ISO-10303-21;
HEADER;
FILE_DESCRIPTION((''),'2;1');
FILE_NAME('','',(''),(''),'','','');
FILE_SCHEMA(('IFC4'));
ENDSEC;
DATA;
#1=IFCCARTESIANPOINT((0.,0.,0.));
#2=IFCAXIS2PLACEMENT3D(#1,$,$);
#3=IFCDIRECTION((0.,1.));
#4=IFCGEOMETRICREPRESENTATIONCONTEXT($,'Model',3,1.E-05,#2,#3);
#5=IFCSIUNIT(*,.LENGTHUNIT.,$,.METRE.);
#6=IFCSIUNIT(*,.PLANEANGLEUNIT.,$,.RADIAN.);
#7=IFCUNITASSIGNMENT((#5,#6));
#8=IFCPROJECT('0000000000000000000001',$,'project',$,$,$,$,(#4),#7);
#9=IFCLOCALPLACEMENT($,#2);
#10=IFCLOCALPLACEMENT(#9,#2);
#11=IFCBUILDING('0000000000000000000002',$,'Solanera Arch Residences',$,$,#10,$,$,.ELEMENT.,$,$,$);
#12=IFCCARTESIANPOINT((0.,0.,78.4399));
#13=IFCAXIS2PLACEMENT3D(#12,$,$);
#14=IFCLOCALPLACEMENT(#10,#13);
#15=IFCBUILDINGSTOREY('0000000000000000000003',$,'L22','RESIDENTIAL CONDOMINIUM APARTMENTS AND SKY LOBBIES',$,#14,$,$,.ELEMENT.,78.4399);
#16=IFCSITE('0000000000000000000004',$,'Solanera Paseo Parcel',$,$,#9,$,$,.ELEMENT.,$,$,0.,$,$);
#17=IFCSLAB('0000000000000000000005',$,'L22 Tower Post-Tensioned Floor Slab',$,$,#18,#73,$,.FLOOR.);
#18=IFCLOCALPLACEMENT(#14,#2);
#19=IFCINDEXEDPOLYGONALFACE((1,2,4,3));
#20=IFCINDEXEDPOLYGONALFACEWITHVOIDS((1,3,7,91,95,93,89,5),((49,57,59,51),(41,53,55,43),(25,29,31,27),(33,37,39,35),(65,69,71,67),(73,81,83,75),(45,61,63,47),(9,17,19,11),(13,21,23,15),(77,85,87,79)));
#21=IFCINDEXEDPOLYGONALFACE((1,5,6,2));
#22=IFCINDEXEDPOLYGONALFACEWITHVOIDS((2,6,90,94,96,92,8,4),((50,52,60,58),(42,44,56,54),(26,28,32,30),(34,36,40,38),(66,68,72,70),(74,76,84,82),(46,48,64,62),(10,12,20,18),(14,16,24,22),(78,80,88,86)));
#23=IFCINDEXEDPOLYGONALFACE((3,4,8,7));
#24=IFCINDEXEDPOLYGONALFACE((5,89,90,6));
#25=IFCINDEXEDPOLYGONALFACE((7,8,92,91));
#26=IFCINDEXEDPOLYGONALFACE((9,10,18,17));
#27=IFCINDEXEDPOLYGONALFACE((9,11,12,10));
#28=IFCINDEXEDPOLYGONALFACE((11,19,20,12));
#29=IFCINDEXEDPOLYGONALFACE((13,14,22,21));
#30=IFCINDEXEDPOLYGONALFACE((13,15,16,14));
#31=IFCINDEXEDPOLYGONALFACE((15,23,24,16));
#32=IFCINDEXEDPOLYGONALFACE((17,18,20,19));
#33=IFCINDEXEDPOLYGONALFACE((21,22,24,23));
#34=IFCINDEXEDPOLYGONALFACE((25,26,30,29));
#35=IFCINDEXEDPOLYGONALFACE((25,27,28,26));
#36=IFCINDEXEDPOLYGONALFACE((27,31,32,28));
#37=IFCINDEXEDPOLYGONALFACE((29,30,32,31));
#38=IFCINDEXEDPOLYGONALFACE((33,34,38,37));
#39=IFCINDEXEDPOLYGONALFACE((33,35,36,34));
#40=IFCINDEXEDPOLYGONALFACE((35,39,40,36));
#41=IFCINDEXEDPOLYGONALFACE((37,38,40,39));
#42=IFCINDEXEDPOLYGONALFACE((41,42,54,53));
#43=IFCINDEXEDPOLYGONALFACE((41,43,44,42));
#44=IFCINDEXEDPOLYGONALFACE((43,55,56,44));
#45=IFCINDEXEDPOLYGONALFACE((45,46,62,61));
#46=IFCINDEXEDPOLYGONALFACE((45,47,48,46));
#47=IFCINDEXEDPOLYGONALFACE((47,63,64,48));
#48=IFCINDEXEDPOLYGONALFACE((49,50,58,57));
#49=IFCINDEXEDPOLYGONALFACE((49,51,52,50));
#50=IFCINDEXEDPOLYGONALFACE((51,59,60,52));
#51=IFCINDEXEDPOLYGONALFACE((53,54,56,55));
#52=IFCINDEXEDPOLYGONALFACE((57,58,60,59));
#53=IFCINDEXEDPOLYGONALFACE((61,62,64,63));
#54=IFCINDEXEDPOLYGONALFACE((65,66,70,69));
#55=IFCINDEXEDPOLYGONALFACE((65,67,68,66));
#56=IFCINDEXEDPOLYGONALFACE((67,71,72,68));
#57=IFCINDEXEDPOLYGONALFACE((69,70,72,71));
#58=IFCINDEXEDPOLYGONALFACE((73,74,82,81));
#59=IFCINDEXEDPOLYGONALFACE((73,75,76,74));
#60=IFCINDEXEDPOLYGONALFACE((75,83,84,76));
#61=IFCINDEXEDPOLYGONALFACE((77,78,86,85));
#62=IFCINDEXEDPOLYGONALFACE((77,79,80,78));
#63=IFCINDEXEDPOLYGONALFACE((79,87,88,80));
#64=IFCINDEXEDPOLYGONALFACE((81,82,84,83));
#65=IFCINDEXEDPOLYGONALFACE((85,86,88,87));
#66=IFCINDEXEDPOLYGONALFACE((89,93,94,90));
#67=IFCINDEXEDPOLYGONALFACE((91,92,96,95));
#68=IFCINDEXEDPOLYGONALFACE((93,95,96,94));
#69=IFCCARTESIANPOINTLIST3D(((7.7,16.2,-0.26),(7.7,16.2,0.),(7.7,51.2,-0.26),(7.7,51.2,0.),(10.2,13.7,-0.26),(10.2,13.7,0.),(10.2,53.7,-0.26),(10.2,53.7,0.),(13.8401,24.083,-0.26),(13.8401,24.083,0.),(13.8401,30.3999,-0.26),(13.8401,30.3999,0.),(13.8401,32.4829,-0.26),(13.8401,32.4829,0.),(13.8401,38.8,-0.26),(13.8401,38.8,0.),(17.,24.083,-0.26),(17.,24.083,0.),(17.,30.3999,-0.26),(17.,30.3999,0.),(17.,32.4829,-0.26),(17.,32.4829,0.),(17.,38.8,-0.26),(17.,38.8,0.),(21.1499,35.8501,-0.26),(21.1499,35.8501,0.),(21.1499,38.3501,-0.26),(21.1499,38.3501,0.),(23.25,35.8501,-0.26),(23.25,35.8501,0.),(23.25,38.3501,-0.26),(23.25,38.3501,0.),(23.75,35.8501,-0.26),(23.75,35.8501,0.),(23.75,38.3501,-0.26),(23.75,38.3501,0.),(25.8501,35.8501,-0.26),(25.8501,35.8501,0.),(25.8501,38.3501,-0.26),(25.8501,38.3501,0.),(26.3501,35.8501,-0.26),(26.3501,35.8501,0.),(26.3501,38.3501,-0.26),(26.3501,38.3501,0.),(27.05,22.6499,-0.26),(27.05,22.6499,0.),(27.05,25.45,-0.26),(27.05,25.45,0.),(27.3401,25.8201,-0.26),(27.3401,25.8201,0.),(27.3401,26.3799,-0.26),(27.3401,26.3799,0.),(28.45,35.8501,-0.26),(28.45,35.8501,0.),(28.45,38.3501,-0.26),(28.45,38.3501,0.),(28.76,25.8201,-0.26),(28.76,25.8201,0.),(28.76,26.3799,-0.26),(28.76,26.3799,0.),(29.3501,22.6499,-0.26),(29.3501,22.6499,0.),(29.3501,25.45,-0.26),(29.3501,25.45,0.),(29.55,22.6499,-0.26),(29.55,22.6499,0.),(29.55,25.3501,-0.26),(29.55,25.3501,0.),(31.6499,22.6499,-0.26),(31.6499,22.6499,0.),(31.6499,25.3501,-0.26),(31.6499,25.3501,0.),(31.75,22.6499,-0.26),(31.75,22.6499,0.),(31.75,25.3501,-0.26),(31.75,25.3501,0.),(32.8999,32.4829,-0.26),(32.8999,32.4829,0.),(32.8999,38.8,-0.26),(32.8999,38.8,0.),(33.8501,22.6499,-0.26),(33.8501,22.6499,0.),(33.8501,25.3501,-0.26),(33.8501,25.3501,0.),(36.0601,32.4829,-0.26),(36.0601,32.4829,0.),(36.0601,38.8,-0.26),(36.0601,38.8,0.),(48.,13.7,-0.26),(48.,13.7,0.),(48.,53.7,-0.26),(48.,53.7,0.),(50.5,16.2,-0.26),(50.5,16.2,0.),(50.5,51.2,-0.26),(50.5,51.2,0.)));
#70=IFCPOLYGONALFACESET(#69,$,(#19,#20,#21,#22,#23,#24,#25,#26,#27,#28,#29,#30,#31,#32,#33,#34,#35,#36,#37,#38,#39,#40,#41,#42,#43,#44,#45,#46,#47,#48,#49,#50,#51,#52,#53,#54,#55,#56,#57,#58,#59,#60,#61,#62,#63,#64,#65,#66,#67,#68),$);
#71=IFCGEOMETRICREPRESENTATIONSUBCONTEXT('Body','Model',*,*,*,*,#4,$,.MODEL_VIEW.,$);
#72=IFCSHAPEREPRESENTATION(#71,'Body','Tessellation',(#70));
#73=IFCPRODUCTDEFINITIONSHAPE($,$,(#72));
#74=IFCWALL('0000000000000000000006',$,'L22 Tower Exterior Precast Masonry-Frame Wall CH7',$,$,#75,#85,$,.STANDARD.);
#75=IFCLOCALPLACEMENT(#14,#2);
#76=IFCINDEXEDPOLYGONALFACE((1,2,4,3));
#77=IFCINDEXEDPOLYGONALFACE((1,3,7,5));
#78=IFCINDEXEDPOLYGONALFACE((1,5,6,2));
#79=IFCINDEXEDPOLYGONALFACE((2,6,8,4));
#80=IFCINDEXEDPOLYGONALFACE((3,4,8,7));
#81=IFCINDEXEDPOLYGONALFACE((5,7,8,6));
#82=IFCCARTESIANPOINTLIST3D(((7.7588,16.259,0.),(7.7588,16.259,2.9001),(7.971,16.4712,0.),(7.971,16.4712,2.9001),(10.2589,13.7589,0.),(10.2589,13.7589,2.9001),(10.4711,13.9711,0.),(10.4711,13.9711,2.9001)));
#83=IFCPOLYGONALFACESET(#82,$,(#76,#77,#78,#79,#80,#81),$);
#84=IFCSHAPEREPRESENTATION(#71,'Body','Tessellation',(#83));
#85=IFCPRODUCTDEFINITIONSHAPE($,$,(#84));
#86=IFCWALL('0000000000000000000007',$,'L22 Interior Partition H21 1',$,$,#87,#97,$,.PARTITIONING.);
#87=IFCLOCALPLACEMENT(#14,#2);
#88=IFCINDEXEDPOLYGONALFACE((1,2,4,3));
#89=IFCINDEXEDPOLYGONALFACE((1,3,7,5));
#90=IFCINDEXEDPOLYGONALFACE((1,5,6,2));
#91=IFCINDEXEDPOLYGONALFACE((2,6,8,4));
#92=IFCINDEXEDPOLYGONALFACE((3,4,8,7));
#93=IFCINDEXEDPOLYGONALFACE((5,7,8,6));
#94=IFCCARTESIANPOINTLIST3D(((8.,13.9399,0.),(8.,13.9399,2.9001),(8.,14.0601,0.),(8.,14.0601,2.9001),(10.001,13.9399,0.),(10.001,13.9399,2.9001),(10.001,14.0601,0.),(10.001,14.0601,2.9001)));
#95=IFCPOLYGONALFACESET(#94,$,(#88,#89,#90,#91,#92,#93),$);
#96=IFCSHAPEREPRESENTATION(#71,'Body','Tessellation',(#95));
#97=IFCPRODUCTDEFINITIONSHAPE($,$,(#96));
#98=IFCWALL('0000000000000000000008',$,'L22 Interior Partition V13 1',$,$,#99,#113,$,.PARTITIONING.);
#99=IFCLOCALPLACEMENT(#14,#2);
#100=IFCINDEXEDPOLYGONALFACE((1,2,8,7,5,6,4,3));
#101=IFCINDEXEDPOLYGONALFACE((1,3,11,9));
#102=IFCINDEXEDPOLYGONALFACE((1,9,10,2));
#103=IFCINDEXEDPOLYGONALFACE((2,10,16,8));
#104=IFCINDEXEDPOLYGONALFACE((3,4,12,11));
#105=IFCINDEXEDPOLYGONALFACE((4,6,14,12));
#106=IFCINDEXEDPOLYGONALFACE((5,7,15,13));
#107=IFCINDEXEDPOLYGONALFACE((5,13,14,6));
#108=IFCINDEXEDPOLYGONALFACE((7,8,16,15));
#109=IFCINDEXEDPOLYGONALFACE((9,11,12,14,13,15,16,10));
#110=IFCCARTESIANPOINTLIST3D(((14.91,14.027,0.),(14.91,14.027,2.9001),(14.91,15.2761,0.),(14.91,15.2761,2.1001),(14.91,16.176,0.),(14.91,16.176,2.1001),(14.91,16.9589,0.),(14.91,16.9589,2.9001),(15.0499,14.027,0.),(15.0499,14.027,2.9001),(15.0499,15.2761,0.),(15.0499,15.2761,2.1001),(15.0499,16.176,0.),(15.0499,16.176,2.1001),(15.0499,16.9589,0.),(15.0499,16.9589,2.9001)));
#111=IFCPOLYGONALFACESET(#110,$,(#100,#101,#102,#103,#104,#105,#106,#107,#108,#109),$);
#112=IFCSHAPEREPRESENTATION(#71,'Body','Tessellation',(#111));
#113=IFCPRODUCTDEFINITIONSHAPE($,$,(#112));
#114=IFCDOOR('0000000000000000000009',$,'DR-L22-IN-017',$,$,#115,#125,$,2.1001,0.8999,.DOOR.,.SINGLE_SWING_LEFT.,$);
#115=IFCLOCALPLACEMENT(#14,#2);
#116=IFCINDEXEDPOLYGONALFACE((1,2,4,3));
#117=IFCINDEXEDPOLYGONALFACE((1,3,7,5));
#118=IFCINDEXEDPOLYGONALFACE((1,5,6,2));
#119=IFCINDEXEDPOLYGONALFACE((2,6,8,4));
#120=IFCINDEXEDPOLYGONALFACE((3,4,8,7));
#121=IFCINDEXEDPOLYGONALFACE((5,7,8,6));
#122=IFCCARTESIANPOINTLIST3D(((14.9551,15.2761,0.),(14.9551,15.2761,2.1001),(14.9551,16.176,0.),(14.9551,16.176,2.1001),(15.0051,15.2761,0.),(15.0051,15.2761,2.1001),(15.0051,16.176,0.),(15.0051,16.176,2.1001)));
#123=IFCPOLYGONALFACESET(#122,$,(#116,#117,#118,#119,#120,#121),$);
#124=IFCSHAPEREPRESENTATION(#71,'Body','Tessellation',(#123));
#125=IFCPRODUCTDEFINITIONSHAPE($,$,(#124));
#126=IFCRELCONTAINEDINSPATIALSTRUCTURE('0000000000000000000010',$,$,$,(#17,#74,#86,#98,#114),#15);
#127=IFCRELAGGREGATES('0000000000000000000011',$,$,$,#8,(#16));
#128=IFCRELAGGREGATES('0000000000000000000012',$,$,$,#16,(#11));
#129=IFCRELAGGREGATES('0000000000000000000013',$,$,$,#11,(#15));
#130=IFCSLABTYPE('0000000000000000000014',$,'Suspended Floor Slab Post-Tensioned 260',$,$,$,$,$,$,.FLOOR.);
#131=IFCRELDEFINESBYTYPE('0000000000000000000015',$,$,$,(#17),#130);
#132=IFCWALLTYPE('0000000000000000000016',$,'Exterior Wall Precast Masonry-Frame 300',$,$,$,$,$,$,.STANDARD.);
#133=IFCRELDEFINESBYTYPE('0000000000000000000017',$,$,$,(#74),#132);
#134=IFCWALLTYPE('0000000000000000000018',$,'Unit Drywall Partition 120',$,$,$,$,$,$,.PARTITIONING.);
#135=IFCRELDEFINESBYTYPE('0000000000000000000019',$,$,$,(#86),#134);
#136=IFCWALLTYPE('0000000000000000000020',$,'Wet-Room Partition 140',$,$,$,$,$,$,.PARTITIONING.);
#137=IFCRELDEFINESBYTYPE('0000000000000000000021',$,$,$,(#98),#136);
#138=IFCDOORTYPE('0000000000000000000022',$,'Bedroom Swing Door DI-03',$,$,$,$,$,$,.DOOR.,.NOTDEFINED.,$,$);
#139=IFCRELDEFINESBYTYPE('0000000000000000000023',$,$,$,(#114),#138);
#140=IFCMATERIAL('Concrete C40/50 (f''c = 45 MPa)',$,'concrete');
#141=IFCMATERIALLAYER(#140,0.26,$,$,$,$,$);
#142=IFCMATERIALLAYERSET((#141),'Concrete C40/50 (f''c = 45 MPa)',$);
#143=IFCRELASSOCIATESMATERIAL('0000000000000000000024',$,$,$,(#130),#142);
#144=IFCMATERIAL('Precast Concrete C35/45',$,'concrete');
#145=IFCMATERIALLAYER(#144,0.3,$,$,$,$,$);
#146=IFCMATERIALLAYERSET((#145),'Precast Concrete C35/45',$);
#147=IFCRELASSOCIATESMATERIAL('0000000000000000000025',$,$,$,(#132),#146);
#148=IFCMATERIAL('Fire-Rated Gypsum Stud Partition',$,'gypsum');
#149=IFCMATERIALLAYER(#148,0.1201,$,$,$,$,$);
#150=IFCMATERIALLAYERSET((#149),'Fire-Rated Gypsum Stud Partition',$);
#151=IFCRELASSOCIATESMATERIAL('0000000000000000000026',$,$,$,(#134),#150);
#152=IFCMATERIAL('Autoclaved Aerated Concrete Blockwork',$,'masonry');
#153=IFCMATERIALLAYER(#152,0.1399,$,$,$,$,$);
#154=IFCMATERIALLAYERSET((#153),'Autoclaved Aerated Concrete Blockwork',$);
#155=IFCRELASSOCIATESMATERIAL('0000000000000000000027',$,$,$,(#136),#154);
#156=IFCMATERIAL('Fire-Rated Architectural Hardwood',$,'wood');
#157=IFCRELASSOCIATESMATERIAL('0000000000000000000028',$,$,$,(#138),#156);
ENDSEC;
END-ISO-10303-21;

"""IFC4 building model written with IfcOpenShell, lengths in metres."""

from ifc_helpers import new_model, si_unit, direction, frame, frame_2d, origin, place, context, subcontext, project, spatial, polyline, rectangle, outline, extrude, material, layer, layer_set, type_object, element, fill, save


model = new_model("IFC4")

# Units and contexts
model_context = context("Model", 3, precision=1e-05, world=origin(), true_north=direction((0.0, 1.0)))
body_context = subcontext(model_context, "Body", "Model", "MODEL_VIEW")
ifc_project = project(units=[si_unit("LENGTHUNIT", "METRE"), si_unit("PLANEANGLEUNIT", "RADIAN")], contexts=[model_context])

# Site, building, storey
site_placement = place(None, origin())
site = spatial("IfcSite", under=ifc_project, at=site_placement, Name="Solanera Paseo Parcel", CompositionType="ELEMENT", RefElevation=0.0)
building_placement = place(site_placement, origin())
building = spatial("IfcBuilding", under=site, at=building_placement, Name="Solanera Arch Residences", CompositionType="ELEMENT")
storey_placement = place(building_placement, frame((0.0, 0.0, 78.4399)))
storey = spatial("IfcBuildingStorey", under=building, at=storey_placement, Name="L22", Description="RESIDENTIAL CONDOMINIUM APARTMENTS AND SKY LOBBIES", CompositionType="ELEMENT", Elevation=78.4399)

# Slab
ifc_material_1 = material(Name="Concrete C40/50 (f'c = 45 MPa)", Category="concrete")
ifc_layer_1 = layer(ifc_material_1, 0.26)
ifc_layer_set_1 = layer_set([ifc_layer_1], Name="Concrete C40/50 (f'c = 45 MPa)")
slab_type_1 = type_object("IfcSlabType", Name="Suspended Floor Slab Post-Tensioned 260", PredefinedType="FLOOR", material=ifc_layer_set_1)
slab_1_placement = place(storey_placement, frame((0.0, 0.0, -0.26)))
element("IfcSlab", 1, at=slab_1_placement, inside=storey, type_object=slab_type_1, Name="L22 Tower Post-Tensioned Floor Slab", PredefinedType="FLOOR", context=body_context, shape_type="SweptSolid", body=[
    extrude(outline(polyline([(10.2, 13.7), (48.0, 13.7), (50.5, 16.2), (50.5, 51.2), (48.0, 53.7), (10.2, 53.7), (7.7, 51.2), (7.7, 16.2), (10.2, 13.7)]), holes=[polyline([(13.8401, 32.4829), (13.8401, 38.8), (17.0, 38.8), (17.0, 32.4829), (13.8401, 32.4829)]), polyline([(32.8999, 32.4829), (32.8999, 38.8), (36.0601, 38.8), (36.0601, 32.4829), (32.8999, 32.4829)]), polyline([(13.8401, 24.083), (13.8401, 30.3999), (17.0, 30.3999), (17.0, 24.083), (13.8401, 24.083)]), polyline([(21.1499, 38.3501), (23.25, 38.3501), (23.25, 35.8501), (21.1499, 35.8501), (21.1499, 38.3501)]), polyline([(23.75, 38.3501), (25.8501, 38.3501), (25.8501, 35.8501), (23.75, 35.8501), (23.75, 38.3501)]), polyline([(26.3501, 38.3501), (28.45, 38.3501), (28.45, 35.8501), (26.3501, 35.8501), (26.3501, 38.3501)]), polyline([(29.55, 25.3501), (31.6499, 25.3501), (31.6499, 22.6499), (29.55, 22.6499), (29.55, 25.3501)]), polyline([(31.75, 25.3501), (33.8501, 25.3501), (33.8501, 22.6499), (31.75, 22.6499), (31.75, 25.3501)]), polyline([(27.05, 25.45), (29.3501, 25.45), (29.3501, 22.6499), (27.05, 22.6499), (27.05, 25.45)]), polyline([(27.3401, 26.3799), (28.76, 26.3799), (28.76, 25.8201), (27.3401, 25.8201), (27.3401, 26.3799)])]), origin(), (0.0, 0.0, 1.0), 0.26),
])

# Walls
ifc_material_2 = material(Name="Precast Concrete C35/45", Category="concrete")
ifc_layer_2 = layer(ifc_material_2, 0.3)
ifc_layer_set_2 = layer_set([ifc_layer_2], Name="Precast Concrete C35/45")
wall_type_1 = type_object("IfcWallType", Name="Exterior Wall Precast Masonry-Frame 300", PredefinedType="STANDARD", material=ifc_layer_set_2)
wall_1_placement = place(storey_placement, frame((10.365, 13.865, 0.0), z_axis=(0.0, 0.0, 1.0), x_axis=(-0.707107, 0.707107, 0.0)))
element("IfcWall", 2, at=wall_1_placement, inside=storey, type_object=wall_type_1, Name="L22 Tower Exterior Precast Masonry-Frame Wall CH7", PredefinedType="STANDARD", context=body_context, shape_type="SweptSolid", body=[
    extrude(rectangle(XDim=3.5356, YDim=0.3, at=frame_2d((1.7678, 0.0))), origin(), (0.0, 0.0, 1.0), 2.9001),
])
ifc_material_3 = material(Name="Fire-Rated Gypsum Stud Partition", Category="gypsum")
ifc_layer_3 = layer(ifc_material_3, 0.1201)
ifc_layer_set_3 = layer_set([ifc_layer_3], Name="Fire-Rated Gypsum Stud Partition")
wall_type_2 = type_object("IfcWallType", Name="Unit Drywall Partition 120", PredefinedType="PARTITIONING", material=ifc_layer_set_3)
wall_2_placement = place(storey_placement, frame((8.0, 14.0, 0.0), z_axis=(0.0, 0.0, 1.0), x_axis=(1.0, 0.0, 0.0)))
element("IfcWall", 3, at=wall_2_placement, inside=storey, type_object=wall_type_2, Name="L22 Interior Partition H21 1", PredefinedType="PARTITIONING", context=body_context, shape_type="SweptSolid", body=[
    extrude(rectangle(XDim=2.001, YDim=0.1201, at=frame_2d((1.0005, 0.0))), origin(), (0.0, 0.0, 1.0), 2.9001),
])

# Wall, opening, door
ifc_material_4 = material(Name="Autoclaved Aerated Concrete Blockwork", Category="masonry")
ifc_layer_4 = layer(ifc_material_4, 0.1399)
ifc_layer_set_4 = layer_set([ifc_layer_4], Name="Autoclaved Aerated Concrete Blockwork")
wall_type_3 = type_object("IfcWallType", Name="Wet-Room Partition 140", PredefinedType="PARTITIONING", material=ifc_layer_set_4)
wall_3_placement = place(storey_placement, frame((14.98, 14.0271, 0.0), z_axis=(0.0, 0.0, 1.0), x_axis=(0.0, 1.0, 0.0)))
wall_3 = element("IfcWall", 4, at=wall_3_placement, inside=storey, type_object=wall_type_3, Name="L22 Interior Partition V13 1", PredefinedType="PARTITIONING", context=body_context, shape_type="SweptSolid", body=[
    extrude(rectangle(XDim=2.9319, YDim=0.1399, at=frame_2d((1.4658, 0.0))), origin(), (0.0, 0.0, 1.0), 2.9001),
])
opening_placement = place(wall_3_placement, frame((1.249, 0.0, 0.0)))
opening = element("IfcOpeningElement", 5, at=opening_placement, cuts=wall_3, PredefinedType="OPENING", context=body_context, shape_type="SweptSolid", body=[
    extrude(rectangle(XDim=0.8999, YDim=2.1001, at=frame_2d((0.45, 1.05))), frame((0.0, 0.0798, 0.0), z_axis=(0.0, -1.0, 0.0), x_axis=(1.0, 0.0, 0.0)), (0.0, 0.0, 1.0), 0.1599),
])
ifc_material_5 = material(Name="Fire-Rated Architectural Hardwood", Category="wood")
door_type = type_object("IfcDoorType", Name="Bedroom Swing Door DI-03", OperationType="NOTDEFINED", PredefinedType="DOOR", material=ifc_material_5)
door_placement = place(opening_placement, origin())
door = element("IfcDoor", 6, at=door_placement, inside=storey, type_object=door_type, Name="DR-L22-IN-017", OperationType="SINGLE_SWING_LEFT", OverallHeight=2.1001, OverallWidth=0.8999, PredefinedType="DOOR", context=body_context, shape_type="SweptSolid", body=[
    extrude(rectangle(XDim=0.8999, YDim=2.1001, at=frame_2d((0.45, 1.05))), frame((0.0, 0.0249, 0.0), z_axis=(0.0, -1.0, 0.0), x_axis=(1.0, 0.0, 0.0)), (0.0, 0.0, 1.0), 0.05),
])
fill(opening, door)

save(model, "model.ifc")
